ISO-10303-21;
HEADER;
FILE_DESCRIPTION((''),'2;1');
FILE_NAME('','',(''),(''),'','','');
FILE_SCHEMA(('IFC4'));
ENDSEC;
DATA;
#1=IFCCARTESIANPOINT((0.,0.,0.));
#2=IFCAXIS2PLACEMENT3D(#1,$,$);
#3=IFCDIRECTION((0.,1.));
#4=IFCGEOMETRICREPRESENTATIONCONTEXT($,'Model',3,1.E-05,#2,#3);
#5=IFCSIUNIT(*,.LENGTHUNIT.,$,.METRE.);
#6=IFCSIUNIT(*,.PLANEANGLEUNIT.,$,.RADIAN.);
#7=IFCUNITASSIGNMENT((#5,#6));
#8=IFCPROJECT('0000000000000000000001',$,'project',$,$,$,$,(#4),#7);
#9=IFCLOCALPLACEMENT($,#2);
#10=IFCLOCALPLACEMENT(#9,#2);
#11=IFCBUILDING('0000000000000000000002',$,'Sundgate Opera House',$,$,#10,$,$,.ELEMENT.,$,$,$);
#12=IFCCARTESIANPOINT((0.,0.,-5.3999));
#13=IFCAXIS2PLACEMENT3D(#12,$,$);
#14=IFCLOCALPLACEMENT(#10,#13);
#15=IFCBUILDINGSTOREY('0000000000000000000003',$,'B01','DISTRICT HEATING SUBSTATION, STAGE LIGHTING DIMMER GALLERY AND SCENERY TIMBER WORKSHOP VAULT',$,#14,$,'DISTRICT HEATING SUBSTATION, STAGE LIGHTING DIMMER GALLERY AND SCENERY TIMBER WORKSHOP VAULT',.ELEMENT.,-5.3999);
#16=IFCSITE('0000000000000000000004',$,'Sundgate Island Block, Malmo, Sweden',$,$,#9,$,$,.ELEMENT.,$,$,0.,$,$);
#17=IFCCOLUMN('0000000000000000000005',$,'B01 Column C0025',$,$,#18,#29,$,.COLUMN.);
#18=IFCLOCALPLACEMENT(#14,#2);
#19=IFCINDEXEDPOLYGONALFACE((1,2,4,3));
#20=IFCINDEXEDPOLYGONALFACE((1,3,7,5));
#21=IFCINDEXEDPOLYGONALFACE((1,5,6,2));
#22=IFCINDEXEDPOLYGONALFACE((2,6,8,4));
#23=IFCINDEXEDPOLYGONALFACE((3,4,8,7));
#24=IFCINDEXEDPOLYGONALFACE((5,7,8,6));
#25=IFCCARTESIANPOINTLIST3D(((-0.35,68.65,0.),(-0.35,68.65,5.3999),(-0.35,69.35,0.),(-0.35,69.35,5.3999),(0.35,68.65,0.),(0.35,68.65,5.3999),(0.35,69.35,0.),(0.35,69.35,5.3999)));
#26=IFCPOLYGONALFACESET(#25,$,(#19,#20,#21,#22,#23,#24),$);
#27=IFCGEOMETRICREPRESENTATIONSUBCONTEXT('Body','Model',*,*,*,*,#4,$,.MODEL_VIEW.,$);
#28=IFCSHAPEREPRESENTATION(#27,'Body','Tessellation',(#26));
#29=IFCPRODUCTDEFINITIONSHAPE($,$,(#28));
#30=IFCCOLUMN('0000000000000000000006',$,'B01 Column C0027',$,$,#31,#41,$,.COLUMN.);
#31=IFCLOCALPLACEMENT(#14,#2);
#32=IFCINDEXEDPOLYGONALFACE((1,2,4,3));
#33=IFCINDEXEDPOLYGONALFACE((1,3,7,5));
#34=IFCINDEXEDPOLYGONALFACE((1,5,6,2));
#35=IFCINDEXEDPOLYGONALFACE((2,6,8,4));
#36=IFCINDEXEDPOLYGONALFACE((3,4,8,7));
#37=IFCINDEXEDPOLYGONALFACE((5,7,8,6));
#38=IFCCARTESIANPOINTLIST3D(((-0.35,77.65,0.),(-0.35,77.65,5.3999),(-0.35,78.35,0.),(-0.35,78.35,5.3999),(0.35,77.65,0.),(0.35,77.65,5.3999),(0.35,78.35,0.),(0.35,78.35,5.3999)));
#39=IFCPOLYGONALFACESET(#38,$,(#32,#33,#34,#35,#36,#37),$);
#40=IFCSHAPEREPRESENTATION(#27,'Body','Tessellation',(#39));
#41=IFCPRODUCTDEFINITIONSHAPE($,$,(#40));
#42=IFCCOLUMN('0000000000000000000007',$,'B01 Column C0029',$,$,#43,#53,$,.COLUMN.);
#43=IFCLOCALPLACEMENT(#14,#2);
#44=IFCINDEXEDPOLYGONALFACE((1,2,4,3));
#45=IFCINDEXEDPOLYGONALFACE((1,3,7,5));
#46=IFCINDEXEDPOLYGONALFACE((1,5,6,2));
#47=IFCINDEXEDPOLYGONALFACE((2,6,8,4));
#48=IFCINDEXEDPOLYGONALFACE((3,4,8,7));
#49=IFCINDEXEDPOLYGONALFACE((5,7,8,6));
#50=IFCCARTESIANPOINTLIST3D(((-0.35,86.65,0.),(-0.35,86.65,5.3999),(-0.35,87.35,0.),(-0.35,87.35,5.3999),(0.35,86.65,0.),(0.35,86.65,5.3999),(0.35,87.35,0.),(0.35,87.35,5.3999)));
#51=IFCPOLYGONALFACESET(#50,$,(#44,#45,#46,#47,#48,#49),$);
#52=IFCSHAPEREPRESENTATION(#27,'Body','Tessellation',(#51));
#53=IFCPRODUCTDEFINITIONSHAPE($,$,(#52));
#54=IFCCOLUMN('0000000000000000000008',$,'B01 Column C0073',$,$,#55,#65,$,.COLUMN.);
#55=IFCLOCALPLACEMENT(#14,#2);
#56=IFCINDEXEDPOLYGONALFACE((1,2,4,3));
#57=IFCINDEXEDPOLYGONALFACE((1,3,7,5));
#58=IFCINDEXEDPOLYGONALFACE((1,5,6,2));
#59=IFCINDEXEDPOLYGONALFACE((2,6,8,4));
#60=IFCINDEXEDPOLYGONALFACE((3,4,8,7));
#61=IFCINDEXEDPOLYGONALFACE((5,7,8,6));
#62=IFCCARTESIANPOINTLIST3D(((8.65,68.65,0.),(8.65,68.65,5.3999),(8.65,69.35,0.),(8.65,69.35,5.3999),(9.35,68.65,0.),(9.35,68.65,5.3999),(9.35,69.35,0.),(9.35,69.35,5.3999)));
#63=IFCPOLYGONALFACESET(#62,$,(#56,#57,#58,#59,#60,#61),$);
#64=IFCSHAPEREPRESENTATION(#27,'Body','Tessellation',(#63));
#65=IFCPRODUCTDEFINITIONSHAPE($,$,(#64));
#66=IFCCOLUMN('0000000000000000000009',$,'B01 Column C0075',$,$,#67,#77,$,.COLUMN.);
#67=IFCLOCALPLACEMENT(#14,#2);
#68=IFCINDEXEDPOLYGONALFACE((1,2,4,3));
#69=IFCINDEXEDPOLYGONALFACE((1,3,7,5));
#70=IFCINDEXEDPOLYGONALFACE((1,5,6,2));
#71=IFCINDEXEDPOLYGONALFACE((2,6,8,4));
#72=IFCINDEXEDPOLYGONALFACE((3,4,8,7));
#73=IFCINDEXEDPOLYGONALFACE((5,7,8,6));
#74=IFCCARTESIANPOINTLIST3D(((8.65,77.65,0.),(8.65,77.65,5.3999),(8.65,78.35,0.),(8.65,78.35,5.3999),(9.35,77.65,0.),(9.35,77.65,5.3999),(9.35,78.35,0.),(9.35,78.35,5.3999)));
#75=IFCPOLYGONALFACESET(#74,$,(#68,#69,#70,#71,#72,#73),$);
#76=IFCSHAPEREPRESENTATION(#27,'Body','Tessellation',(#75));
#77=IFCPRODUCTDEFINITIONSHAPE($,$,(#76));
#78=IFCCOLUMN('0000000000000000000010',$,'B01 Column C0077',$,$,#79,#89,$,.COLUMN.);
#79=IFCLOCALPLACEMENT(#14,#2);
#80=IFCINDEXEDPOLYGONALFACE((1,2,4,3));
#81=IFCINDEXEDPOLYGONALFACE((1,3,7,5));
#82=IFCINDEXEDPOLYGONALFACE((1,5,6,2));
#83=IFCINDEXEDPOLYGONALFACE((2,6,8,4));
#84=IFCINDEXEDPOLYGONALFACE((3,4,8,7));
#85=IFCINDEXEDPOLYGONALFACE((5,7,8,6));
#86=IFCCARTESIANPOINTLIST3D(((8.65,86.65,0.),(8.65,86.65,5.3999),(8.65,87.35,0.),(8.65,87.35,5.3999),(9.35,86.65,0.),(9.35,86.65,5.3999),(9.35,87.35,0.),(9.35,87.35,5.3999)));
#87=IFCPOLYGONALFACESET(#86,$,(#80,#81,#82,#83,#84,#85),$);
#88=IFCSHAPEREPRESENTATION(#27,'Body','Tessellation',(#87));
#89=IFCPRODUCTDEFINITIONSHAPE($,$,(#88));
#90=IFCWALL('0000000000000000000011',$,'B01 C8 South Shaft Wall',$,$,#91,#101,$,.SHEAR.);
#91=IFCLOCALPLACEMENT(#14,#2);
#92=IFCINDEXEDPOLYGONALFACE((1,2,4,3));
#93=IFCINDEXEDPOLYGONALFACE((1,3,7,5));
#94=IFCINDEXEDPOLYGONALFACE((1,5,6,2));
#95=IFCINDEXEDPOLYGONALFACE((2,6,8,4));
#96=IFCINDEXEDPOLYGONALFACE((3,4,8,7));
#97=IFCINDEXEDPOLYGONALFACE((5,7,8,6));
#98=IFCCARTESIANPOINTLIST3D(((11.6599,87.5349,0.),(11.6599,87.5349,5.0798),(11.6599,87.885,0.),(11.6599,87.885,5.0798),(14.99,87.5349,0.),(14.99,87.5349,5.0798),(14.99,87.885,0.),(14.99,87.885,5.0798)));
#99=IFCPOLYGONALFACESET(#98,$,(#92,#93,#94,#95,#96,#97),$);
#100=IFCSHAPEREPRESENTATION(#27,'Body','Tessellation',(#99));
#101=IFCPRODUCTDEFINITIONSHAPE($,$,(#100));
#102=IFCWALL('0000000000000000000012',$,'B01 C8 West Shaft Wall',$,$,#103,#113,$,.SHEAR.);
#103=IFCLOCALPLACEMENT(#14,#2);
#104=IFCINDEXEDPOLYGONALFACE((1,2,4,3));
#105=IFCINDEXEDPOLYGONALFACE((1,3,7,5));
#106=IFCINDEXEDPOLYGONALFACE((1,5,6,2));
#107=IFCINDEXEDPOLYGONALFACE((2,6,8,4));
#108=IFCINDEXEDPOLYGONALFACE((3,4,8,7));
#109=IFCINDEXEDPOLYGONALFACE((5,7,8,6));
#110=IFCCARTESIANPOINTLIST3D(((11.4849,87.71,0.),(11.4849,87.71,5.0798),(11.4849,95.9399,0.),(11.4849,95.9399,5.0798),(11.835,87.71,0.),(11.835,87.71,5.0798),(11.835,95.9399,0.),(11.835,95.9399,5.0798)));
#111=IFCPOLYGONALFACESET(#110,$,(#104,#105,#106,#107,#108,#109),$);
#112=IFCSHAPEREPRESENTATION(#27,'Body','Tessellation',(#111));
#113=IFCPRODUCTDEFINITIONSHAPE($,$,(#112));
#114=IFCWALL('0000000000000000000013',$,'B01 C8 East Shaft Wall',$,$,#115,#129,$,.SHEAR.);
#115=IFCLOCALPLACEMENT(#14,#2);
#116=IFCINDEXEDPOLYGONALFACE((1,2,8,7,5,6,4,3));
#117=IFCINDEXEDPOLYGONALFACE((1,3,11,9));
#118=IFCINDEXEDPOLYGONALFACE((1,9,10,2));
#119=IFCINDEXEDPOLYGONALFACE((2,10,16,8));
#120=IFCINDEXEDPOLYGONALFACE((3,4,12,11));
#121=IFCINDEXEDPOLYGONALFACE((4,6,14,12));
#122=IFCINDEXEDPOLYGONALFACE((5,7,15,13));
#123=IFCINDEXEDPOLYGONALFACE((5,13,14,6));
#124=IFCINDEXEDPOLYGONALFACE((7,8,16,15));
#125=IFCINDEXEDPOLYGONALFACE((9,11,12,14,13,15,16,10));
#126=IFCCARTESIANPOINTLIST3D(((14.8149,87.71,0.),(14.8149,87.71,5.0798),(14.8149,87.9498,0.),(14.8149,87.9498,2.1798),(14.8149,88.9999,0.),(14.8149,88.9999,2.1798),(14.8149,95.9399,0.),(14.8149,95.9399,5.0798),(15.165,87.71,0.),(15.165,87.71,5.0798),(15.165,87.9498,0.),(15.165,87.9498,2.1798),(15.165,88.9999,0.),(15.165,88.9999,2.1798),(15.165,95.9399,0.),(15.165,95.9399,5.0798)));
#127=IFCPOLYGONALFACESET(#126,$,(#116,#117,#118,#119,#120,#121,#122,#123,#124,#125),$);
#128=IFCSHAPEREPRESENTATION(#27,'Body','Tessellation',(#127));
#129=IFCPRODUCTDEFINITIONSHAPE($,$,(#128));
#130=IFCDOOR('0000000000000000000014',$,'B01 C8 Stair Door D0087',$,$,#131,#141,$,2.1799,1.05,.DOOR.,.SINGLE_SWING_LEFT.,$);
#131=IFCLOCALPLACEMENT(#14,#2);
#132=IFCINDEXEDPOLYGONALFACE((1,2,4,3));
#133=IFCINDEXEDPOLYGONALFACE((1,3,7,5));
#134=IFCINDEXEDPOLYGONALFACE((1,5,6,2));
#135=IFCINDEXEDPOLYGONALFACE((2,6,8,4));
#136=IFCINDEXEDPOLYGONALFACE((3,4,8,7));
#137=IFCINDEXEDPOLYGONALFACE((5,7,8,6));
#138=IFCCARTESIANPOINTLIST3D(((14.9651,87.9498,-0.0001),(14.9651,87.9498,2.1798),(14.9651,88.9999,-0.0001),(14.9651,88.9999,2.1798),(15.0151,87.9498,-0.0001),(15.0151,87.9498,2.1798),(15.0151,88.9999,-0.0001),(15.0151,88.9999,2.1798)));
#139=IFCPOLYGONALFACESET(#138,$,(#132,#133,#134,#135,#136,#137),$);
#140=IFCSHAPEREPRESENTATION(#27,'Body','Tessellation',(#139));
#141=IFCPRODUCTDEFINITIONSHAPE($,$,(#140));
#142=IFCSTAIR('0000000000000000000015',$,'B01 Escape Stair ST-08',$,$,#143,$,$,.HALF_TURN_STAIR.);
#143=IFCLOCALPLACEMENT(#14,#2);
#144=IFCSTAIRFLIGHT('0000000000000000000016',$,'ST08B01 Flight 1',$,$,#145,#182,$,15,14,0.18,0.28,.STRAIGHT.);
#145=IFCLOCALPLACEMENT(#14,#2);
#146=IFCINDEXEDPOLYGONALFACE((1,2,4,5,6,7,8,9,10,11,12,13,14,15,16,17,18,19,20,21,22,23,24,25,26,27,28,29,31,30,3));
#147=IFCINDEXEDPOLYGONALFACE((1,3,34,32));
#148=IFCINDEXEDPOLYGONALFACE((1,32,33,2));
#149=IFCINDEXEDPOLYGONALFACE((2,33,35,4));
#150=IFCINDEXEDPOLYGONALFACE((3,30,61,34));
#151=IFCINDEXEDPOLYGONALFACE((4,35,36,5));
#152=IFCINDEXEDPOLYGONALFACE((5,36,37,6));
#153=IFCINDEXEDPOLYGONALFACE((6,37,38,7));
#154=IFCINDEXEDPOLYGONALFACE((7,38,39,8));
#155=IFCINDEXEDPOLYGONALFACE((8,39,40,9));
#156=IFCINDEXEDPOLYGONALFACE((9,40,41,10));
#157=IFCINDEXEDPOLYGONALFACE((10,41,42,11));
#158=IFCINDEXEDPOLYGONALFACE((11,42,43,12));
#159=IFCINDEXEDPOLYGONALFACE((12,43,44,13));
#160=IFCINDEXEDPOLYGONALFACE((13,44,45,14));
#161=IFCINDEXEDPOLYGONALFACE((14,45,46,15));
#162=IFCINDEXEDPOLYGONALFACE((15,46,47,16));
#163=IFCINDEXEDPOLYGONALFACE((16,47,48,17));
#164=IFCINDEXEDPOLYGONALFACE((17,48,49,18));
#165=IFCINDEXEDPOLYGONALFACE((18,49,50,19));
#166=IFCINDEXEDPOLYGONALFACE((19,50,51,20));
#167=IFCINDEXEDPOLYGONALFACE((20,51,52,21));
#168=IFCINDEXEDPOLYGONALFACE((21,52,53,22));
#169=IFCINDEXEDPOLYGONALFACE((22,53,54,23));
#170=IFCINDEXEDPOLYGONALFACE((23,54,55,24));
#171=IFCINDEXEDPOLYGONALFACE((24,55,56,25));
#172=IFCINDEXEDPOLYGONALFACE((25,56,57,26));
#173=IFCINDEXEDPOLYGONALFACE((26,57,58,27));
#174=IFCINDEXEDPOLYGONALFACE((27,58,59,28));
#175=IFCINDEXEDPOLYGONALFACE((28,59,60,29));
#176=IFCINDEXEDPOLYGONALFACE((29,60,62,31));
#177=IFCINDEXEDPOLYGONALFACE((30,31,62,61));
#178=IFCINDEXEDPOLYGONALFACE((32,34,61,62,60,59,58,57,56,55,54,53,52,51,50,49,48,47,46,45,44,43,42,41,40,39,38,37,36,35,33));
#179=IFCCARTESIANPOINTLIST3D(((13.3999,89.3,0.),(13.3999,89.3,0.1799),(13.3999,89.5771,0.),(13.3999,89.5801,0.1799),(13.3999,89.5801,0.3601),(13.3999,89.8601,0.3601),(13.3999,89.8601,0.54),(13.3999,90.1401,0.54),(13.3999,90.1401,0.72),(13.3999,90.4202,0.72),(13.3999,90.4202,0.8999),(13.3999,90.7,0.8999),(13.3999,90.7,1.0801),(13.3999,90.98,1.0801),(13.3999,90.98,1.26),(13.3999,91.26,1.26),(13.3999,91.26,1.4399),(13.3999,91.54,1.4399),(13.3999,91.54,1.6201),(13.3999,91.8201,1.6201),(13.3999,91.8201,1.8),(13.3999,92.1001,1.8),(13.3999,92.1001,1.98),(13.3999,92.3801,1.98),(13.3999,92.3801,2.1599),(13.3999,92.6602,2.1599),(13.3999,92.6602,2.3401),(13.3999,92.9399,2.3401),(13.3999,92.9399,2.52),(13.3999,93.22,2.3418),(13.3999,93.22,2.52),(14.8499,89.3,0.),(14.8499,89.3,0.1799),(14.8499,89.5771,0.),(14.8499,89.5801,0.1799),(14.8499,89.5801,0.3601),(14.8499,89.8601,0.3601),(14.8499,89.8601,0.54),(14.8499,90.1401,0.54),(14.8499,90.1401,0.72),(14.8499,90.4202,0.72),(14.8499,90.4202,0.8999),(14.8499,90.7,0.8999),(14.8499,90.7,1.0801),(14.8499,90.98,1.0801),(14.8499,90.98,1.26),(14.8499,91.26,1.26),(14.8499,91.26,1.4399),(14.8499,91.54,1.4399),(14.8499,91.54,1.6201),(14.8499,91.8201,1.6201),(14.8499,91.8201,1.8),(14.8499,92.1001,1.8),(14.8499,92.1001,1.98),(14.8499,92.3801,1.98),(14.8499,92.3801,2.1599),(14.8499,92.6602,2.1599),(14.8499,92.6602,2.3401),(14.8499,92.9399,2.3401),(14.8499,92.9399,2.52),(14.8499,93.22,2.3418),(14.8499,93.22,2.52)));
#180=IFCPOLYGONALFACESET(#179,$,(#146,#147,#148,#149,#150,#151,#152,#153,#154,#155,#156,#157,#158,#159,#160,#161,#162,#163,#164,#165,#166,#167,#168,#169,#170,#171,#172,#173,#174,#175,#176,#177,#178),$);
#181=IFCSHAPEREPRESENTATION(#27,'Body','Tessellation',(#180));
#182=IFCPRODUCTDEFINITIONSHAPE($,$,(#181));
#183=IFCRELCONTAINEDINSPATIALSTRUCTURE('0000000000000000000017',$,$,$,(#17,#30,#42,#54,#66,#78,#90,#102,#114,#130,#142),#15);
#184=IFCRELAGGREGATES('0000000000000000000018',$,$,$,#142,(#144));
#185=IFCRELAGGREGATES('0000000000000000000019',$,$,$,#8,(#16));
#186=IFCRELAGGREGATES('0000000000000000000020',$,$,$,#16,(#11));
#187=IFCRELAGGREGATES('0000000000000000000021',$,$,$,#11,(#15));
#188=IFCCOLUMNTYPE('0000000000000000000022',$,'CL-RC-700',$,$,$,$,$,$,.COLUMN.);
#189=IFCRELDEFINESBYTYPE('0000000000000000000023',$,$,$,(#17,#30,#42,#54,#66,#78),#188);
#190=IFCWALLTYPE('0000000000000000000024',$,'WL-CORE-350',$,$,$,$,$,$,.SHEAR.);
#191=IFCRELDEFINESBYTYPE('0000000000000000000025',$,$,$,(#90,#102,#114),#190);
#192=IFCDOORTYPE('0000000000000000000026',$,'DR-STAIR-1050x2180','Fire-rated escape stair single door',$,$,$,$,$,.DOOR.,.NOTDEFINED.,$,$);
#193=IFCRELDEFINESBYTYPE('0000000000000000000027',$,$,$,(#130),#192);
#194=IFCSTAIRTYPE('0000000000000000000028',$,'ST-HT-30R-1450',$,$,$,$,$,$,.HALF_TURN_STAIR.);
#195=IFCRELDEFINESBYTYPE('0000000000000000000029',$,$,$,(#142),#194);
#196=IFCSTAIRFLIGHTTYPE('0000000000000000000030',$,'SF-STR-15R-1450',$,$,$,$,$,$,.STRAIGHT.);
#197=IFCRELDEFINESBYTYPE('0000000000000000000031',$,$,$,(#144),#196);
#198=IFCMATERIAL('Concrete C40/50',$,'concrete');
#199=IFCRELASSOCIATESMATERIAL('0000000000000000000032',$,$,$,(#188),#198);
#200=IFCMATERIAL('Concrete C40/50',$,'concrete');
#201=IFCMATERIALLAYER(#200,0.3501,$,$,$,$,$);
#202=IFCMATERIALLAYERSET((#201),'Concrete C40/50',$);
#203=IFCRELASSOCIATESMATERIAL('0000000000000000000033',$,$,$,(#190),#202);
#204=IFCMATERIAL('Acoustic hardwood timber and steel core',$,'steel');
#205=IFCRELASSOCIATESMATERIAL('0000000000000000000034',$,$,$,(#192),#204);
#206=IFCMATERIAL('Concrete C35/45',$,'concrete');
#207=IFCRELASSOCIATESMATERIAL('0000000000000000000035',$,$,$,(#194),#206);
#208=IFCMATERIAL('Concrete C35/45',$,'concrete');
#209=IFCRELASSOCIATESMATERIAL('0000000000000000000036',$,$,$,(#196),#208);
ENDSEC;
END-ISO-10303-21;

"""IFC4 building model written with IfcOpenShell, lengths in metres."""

from ifc_helpers import new_model, si_unit, direction, frame, frame_2d, origin, origin_2d, place, context, subcontext, project, spatial, polyline, rectangle, outline, extrude, material, layer, layer_set, material_profile, profile_set, type_object, element, fill, aggregate, save


model = new_model("IFC4")

# Units and contexts
model_context = context("Model", 3, precision=1e-05, world=origin(), true_north=direction((0.0, 1.0)))
body_context = subcontext(model_context, "Body", "Model", "MODEL_VIEW")
ifc_project = project(units=[si_unit("LENGTHUNIT", "METRE"), si_unit("PLANEANGLEUNIT", "RADIAN")], contexts=[model_context])

# Site, building, storey
site_placement = place(None, origin())
site = spatial("IfcSite", under=ifc_project, at=site_placement, Name="Sundgate Island Block, Malmo, Sweden", CompositionType="ELEMENT", RefElevation=0.0)
building_placement = place(site_placement, origin())
building = spatial("IfcBuilding", under=site, at=building_placement, Name="Sundgate Opera House", CompositionType="ELEMENT")
storey_placement = place(building_placement, frame((0.0, 0.0, -5.3999)))
storey = spatial("IfcBuildingStorey", under=building, at=storey_placement, Name="B01", Description="DISTRICT HEATING SUBSTATION, STAGE LIGHTING DIMMER GALLERY AND SCENERY TIMBER WORKSHOP VAULT", LongName="DISTRICT HEATING SUBSTATION, STAGE LIGHTING DIMMER GALLERY AND SCENERY TIMBER WORKSHOP VAULT", CompositionType="ELEMENT", Elevation=-5.3999)

# Columns
ifc_material_1 = material(Name="Concrete C40/50", Category="concrete")
ifc_material_profile_1 = material_profile(ifc_material_1, rectangle(XDim=0.7, YDim=0.7, at=origin_2d()), Name="RC 700x700")
ifc_profile_set_1 = profile_set([ifc_material_profile_1], Name="Concrete C40/50")
column_type = type_object("IfcColumnType", Name="CL-RC-700", PredefinedType="COLUMN", material=ifc_profile_set_1)
for number, where, z_axis, x_axis, name in (
    (1, (0.0, 69.0, 0.0), (0.0, 0.0, 1.0), (1.0, 0.0, 0.0), "B01 Column C0025"),
    (2, (0.0, 78.0, 0.0), (0.0, 0.0, 1.0), (1.0, 0.0, 0.0), "B01 Column C0027"),
    (3, (0.0, 87.0, 0.0), (0.0, 0.0, 1.0), (1.0, 0.0, 0.0), "B01 Column C0029"),
    (4, (9.0, 69.0, 0.0), (0.0, 0.0, 1.0), (1.0, 0.0, 0.0), "B01 Column C0073"),
    (5, (9.0, 78.0, 0.0), (0.0, 0.0, 1.0), (1.0, 0.0, 0.0), "B01 Column C0075"),
    (6, (9.0, 87.0, 0.0), (0.0, 0.0, 1.0), (1.0, 0.0, 0.0), "B01 Column C0077"),
):
    element("IfcColumn", number, at=place(storey_placement, frame(where, z_axis=z_axis, x_axis=x_axis)), inside=storey, type_object=column_type, Name=name, PredefinedType="COLUMN", context=body_context, shape_type="SweptSolid", body=[
        extrude(rectangle(XDim=0.7, YDim=0.7, at=origin_2d()), origin(), (0.0, 0.0, 1.0), 5.3999),
    ])

# Walls
ifc_material_2 = material(Name="Concrete C40/50", Category="concrete")
ifc_layer = layer(ifc_material_2, 0.3501)
ifc_layer_set = layer_set([ifc_layer], Name="Concrete C40/50")
wall_type = type_object("IfcWallType", Name="WL-CORE-350", PredefinedType="SHEAR", material=ifc_layer_set)
wall_1_placement = place(storey_placement, frame((11.6599, 87.71, 0.0), z_axis=(0.0, 0.0, 1.0), x_axis=(1.0, 0.0, 0.0)))
element("IfcWall", 7, at=wall_1_placement, inside=storey, type_object=wall_type, Name="B01 C8 South Shaft Wall", PredefinedType="SHEAR", context=body_context, shape_type="SweptSolid", body=[
    extrude(rectangle(XDim=3.3301, YDim=0.3501, at=frame_2d((1.665, 0.0))), origin(), (0.0, 0.0, 1.0), 5.0798),
])
wall_2_placement = place(storey_placement, frame((11.6599, 87.71, 0.0), z_axis=(0.0, 0.0, 1.0), x_axis=(0.0, 1.0, 0.0)))
element("IfcWall", 8, at=wall_2_placement, inside=storey, type_object=wall_type, Name="B01 C8 West Shaft Wall", PredefinedType="SHEAR", context=body_context, shape_type="SweptSolid", body=[
    extrude(rectangle(XDim=8.23, YDim=0.3501, at=frame_2d((4.115, 0.0))), origin(), (0.0, 0.0, 1.0), 5.0798),
])

# Wall, opening, door
wall_3_placement = place(storey_placement, frame((14.99, 87.71, 0.0), z_axis=(0.0, 0.0, 1.0), x_axis=(0.0, 1.0, 0.0)))
wall_3 = element("IfcWall", 9, at=wall_3_placement, inside=storey, type_object=wall_type, Name="B01 C8 East Shaft Wall", PredefinedType="SHEAR", context=body_context, shape_type="SweptSolid", body=[
    extrude(rectangle(XDim=8.23, YDim=0.3501, at=frame_2d((4.115, 0.0))), origin(), (0.0, 0.0, 1.0), 5.0798),
])
opening_placement = place(wall_3_placement, frame((0.24, 0.0, 0.0)))
opening = element("IfcOpeningElement", 10, at=opening_placement, cuts=wall_3, PredefinedType="OPENING", context=body_context, shape_type="SweptSolid", body=[
    extrude(rectangle(XDim=1.05, YDim=2.1799, at=frame_2d((0.5249, 1.0898))), frame((0.0, 0.1851, 0.0), z_axis=(0.0, -1.0, 0.0), x_axis=(1.0, 0.0, 0.0)), (0.0, 0.0, 1.0), 0.3701),
])
ifc_material_3 = material(Name="Acoustic hardwood timber and steel core", Category="steel")
door_type = type_object("IfcDoorType", Name="DR-STAIR-1050x2180", Description="Fire-rated escape stair single door", OperationType="NOTDEFINED", PredefinedType="DOOR", material=ifc_material_3)
door_placement = place(opening_placement, origin())
door = element("IfcDoor", 11, at=door_placement, inside=storey, type_object=door_type, Name="B01 C8 Stair Door D0087", OperationType="SINGLE_SWING_LEFT", OverallHeight=2.1799, OverallWidth=1.05, PredefinedType="DOOR", context=body_context, shape_type="SweptSolid", body=[
    extrude(rectangle(XDim=1.05, YDim=2.1799, at=frame_2d((0.5249, 1.0898))), frame((0.0, 0.0249, 0.0), z_axis=(0.0, -1.0, 0.0), x_axis=(1.0, 0.0, 0.0)), (0.0, 0.0, 1.0), 0.05),
])
fill(opening, door)

# Stair, stair flight
ifc_material_4 = material(Name="Concrete C35/45", Category="concrete")
stair_type = type_object("IfcStairType", Name="ST-HT-30R-1450", PredefinedType="HALF_TURN_STAIR", material=ifc_material_4)
stair_placement = place(storey_placement, origin())
stair = element("IfcStair", 12, at=stair_placement, inside=storey, type_object=stair_type, Name="B01 Escape Stair ST-08", PredefinedType="HALF_TURN_STAIR")
ifc_material_5 = material(Name="Concrete C35/45", Category="concrete")
stair_flight_type = type_object("IfcStairFlightType", Name="SF-STR-15R-1450", PredefinedType="STRAIGHT", material=ifc_material_5)
stair_flight_placement = place(storey_placement, frame((14.125, 89.3, 0.0), z_axis=(0.0, 0.0, 1.0), x_axis=(0.0, 1.0, 0.0)))
stair_flight = element("IfcStairFlight", 13, at=stair_flight_placement, type_object=stair_flight_type, Name="ST08B01 Flight 1", NumberOfRisers=15, NumberOfTreads=14, PredefinedType="STRAIGHT", RiserHeight=0.18, TreadLength=0.28, context=body_context, shape_type="SweptSolid", body=[
    extrude(outline(polyline([(0.0, 0.0), (0.0, 0.1799), (0.28, 0.1799), (0.28, 0.3601), (0.5601, 0.3601), (0.5601, 0.54), (0.8401, 0.54), (0.8401, 0.72), (1.1201, 0.72), (1.1201, 0.8999), (1.3999, 0.8999), (1.3999, 1.0801), (1.6799, 1.0801), (1.6799, 1.26), (1.96, 1.26), (1.96, 1.4399), (2.24, 1.4399), (2.24, 1.6201), (2.52, 1.6201), (2.52, 1.8), (2.8, 1.8), (2.8, 1.98), (3.0801, 1.98), (3.0801, 2.1599), (3.3601, 2.1599), (3.3601, 2.3401), (3.6399, 2.3401), (3.6399, 2.52), (3.9199, 2.52), (3.9199, 2.7), (3.9199, 2.3418), (0.2771, 0.0), (0.0, 0.0)])), frame((0.0, 0.7251, 0.0), z_axis=(0.0, -1.0, 0.0), x_axis=(1.0, 0.0, 0.0)), (0.0, 0.0, 1.0), 1.45),
])
aggregate(stair, [stair_flight])

save(model, "model.ifc")
